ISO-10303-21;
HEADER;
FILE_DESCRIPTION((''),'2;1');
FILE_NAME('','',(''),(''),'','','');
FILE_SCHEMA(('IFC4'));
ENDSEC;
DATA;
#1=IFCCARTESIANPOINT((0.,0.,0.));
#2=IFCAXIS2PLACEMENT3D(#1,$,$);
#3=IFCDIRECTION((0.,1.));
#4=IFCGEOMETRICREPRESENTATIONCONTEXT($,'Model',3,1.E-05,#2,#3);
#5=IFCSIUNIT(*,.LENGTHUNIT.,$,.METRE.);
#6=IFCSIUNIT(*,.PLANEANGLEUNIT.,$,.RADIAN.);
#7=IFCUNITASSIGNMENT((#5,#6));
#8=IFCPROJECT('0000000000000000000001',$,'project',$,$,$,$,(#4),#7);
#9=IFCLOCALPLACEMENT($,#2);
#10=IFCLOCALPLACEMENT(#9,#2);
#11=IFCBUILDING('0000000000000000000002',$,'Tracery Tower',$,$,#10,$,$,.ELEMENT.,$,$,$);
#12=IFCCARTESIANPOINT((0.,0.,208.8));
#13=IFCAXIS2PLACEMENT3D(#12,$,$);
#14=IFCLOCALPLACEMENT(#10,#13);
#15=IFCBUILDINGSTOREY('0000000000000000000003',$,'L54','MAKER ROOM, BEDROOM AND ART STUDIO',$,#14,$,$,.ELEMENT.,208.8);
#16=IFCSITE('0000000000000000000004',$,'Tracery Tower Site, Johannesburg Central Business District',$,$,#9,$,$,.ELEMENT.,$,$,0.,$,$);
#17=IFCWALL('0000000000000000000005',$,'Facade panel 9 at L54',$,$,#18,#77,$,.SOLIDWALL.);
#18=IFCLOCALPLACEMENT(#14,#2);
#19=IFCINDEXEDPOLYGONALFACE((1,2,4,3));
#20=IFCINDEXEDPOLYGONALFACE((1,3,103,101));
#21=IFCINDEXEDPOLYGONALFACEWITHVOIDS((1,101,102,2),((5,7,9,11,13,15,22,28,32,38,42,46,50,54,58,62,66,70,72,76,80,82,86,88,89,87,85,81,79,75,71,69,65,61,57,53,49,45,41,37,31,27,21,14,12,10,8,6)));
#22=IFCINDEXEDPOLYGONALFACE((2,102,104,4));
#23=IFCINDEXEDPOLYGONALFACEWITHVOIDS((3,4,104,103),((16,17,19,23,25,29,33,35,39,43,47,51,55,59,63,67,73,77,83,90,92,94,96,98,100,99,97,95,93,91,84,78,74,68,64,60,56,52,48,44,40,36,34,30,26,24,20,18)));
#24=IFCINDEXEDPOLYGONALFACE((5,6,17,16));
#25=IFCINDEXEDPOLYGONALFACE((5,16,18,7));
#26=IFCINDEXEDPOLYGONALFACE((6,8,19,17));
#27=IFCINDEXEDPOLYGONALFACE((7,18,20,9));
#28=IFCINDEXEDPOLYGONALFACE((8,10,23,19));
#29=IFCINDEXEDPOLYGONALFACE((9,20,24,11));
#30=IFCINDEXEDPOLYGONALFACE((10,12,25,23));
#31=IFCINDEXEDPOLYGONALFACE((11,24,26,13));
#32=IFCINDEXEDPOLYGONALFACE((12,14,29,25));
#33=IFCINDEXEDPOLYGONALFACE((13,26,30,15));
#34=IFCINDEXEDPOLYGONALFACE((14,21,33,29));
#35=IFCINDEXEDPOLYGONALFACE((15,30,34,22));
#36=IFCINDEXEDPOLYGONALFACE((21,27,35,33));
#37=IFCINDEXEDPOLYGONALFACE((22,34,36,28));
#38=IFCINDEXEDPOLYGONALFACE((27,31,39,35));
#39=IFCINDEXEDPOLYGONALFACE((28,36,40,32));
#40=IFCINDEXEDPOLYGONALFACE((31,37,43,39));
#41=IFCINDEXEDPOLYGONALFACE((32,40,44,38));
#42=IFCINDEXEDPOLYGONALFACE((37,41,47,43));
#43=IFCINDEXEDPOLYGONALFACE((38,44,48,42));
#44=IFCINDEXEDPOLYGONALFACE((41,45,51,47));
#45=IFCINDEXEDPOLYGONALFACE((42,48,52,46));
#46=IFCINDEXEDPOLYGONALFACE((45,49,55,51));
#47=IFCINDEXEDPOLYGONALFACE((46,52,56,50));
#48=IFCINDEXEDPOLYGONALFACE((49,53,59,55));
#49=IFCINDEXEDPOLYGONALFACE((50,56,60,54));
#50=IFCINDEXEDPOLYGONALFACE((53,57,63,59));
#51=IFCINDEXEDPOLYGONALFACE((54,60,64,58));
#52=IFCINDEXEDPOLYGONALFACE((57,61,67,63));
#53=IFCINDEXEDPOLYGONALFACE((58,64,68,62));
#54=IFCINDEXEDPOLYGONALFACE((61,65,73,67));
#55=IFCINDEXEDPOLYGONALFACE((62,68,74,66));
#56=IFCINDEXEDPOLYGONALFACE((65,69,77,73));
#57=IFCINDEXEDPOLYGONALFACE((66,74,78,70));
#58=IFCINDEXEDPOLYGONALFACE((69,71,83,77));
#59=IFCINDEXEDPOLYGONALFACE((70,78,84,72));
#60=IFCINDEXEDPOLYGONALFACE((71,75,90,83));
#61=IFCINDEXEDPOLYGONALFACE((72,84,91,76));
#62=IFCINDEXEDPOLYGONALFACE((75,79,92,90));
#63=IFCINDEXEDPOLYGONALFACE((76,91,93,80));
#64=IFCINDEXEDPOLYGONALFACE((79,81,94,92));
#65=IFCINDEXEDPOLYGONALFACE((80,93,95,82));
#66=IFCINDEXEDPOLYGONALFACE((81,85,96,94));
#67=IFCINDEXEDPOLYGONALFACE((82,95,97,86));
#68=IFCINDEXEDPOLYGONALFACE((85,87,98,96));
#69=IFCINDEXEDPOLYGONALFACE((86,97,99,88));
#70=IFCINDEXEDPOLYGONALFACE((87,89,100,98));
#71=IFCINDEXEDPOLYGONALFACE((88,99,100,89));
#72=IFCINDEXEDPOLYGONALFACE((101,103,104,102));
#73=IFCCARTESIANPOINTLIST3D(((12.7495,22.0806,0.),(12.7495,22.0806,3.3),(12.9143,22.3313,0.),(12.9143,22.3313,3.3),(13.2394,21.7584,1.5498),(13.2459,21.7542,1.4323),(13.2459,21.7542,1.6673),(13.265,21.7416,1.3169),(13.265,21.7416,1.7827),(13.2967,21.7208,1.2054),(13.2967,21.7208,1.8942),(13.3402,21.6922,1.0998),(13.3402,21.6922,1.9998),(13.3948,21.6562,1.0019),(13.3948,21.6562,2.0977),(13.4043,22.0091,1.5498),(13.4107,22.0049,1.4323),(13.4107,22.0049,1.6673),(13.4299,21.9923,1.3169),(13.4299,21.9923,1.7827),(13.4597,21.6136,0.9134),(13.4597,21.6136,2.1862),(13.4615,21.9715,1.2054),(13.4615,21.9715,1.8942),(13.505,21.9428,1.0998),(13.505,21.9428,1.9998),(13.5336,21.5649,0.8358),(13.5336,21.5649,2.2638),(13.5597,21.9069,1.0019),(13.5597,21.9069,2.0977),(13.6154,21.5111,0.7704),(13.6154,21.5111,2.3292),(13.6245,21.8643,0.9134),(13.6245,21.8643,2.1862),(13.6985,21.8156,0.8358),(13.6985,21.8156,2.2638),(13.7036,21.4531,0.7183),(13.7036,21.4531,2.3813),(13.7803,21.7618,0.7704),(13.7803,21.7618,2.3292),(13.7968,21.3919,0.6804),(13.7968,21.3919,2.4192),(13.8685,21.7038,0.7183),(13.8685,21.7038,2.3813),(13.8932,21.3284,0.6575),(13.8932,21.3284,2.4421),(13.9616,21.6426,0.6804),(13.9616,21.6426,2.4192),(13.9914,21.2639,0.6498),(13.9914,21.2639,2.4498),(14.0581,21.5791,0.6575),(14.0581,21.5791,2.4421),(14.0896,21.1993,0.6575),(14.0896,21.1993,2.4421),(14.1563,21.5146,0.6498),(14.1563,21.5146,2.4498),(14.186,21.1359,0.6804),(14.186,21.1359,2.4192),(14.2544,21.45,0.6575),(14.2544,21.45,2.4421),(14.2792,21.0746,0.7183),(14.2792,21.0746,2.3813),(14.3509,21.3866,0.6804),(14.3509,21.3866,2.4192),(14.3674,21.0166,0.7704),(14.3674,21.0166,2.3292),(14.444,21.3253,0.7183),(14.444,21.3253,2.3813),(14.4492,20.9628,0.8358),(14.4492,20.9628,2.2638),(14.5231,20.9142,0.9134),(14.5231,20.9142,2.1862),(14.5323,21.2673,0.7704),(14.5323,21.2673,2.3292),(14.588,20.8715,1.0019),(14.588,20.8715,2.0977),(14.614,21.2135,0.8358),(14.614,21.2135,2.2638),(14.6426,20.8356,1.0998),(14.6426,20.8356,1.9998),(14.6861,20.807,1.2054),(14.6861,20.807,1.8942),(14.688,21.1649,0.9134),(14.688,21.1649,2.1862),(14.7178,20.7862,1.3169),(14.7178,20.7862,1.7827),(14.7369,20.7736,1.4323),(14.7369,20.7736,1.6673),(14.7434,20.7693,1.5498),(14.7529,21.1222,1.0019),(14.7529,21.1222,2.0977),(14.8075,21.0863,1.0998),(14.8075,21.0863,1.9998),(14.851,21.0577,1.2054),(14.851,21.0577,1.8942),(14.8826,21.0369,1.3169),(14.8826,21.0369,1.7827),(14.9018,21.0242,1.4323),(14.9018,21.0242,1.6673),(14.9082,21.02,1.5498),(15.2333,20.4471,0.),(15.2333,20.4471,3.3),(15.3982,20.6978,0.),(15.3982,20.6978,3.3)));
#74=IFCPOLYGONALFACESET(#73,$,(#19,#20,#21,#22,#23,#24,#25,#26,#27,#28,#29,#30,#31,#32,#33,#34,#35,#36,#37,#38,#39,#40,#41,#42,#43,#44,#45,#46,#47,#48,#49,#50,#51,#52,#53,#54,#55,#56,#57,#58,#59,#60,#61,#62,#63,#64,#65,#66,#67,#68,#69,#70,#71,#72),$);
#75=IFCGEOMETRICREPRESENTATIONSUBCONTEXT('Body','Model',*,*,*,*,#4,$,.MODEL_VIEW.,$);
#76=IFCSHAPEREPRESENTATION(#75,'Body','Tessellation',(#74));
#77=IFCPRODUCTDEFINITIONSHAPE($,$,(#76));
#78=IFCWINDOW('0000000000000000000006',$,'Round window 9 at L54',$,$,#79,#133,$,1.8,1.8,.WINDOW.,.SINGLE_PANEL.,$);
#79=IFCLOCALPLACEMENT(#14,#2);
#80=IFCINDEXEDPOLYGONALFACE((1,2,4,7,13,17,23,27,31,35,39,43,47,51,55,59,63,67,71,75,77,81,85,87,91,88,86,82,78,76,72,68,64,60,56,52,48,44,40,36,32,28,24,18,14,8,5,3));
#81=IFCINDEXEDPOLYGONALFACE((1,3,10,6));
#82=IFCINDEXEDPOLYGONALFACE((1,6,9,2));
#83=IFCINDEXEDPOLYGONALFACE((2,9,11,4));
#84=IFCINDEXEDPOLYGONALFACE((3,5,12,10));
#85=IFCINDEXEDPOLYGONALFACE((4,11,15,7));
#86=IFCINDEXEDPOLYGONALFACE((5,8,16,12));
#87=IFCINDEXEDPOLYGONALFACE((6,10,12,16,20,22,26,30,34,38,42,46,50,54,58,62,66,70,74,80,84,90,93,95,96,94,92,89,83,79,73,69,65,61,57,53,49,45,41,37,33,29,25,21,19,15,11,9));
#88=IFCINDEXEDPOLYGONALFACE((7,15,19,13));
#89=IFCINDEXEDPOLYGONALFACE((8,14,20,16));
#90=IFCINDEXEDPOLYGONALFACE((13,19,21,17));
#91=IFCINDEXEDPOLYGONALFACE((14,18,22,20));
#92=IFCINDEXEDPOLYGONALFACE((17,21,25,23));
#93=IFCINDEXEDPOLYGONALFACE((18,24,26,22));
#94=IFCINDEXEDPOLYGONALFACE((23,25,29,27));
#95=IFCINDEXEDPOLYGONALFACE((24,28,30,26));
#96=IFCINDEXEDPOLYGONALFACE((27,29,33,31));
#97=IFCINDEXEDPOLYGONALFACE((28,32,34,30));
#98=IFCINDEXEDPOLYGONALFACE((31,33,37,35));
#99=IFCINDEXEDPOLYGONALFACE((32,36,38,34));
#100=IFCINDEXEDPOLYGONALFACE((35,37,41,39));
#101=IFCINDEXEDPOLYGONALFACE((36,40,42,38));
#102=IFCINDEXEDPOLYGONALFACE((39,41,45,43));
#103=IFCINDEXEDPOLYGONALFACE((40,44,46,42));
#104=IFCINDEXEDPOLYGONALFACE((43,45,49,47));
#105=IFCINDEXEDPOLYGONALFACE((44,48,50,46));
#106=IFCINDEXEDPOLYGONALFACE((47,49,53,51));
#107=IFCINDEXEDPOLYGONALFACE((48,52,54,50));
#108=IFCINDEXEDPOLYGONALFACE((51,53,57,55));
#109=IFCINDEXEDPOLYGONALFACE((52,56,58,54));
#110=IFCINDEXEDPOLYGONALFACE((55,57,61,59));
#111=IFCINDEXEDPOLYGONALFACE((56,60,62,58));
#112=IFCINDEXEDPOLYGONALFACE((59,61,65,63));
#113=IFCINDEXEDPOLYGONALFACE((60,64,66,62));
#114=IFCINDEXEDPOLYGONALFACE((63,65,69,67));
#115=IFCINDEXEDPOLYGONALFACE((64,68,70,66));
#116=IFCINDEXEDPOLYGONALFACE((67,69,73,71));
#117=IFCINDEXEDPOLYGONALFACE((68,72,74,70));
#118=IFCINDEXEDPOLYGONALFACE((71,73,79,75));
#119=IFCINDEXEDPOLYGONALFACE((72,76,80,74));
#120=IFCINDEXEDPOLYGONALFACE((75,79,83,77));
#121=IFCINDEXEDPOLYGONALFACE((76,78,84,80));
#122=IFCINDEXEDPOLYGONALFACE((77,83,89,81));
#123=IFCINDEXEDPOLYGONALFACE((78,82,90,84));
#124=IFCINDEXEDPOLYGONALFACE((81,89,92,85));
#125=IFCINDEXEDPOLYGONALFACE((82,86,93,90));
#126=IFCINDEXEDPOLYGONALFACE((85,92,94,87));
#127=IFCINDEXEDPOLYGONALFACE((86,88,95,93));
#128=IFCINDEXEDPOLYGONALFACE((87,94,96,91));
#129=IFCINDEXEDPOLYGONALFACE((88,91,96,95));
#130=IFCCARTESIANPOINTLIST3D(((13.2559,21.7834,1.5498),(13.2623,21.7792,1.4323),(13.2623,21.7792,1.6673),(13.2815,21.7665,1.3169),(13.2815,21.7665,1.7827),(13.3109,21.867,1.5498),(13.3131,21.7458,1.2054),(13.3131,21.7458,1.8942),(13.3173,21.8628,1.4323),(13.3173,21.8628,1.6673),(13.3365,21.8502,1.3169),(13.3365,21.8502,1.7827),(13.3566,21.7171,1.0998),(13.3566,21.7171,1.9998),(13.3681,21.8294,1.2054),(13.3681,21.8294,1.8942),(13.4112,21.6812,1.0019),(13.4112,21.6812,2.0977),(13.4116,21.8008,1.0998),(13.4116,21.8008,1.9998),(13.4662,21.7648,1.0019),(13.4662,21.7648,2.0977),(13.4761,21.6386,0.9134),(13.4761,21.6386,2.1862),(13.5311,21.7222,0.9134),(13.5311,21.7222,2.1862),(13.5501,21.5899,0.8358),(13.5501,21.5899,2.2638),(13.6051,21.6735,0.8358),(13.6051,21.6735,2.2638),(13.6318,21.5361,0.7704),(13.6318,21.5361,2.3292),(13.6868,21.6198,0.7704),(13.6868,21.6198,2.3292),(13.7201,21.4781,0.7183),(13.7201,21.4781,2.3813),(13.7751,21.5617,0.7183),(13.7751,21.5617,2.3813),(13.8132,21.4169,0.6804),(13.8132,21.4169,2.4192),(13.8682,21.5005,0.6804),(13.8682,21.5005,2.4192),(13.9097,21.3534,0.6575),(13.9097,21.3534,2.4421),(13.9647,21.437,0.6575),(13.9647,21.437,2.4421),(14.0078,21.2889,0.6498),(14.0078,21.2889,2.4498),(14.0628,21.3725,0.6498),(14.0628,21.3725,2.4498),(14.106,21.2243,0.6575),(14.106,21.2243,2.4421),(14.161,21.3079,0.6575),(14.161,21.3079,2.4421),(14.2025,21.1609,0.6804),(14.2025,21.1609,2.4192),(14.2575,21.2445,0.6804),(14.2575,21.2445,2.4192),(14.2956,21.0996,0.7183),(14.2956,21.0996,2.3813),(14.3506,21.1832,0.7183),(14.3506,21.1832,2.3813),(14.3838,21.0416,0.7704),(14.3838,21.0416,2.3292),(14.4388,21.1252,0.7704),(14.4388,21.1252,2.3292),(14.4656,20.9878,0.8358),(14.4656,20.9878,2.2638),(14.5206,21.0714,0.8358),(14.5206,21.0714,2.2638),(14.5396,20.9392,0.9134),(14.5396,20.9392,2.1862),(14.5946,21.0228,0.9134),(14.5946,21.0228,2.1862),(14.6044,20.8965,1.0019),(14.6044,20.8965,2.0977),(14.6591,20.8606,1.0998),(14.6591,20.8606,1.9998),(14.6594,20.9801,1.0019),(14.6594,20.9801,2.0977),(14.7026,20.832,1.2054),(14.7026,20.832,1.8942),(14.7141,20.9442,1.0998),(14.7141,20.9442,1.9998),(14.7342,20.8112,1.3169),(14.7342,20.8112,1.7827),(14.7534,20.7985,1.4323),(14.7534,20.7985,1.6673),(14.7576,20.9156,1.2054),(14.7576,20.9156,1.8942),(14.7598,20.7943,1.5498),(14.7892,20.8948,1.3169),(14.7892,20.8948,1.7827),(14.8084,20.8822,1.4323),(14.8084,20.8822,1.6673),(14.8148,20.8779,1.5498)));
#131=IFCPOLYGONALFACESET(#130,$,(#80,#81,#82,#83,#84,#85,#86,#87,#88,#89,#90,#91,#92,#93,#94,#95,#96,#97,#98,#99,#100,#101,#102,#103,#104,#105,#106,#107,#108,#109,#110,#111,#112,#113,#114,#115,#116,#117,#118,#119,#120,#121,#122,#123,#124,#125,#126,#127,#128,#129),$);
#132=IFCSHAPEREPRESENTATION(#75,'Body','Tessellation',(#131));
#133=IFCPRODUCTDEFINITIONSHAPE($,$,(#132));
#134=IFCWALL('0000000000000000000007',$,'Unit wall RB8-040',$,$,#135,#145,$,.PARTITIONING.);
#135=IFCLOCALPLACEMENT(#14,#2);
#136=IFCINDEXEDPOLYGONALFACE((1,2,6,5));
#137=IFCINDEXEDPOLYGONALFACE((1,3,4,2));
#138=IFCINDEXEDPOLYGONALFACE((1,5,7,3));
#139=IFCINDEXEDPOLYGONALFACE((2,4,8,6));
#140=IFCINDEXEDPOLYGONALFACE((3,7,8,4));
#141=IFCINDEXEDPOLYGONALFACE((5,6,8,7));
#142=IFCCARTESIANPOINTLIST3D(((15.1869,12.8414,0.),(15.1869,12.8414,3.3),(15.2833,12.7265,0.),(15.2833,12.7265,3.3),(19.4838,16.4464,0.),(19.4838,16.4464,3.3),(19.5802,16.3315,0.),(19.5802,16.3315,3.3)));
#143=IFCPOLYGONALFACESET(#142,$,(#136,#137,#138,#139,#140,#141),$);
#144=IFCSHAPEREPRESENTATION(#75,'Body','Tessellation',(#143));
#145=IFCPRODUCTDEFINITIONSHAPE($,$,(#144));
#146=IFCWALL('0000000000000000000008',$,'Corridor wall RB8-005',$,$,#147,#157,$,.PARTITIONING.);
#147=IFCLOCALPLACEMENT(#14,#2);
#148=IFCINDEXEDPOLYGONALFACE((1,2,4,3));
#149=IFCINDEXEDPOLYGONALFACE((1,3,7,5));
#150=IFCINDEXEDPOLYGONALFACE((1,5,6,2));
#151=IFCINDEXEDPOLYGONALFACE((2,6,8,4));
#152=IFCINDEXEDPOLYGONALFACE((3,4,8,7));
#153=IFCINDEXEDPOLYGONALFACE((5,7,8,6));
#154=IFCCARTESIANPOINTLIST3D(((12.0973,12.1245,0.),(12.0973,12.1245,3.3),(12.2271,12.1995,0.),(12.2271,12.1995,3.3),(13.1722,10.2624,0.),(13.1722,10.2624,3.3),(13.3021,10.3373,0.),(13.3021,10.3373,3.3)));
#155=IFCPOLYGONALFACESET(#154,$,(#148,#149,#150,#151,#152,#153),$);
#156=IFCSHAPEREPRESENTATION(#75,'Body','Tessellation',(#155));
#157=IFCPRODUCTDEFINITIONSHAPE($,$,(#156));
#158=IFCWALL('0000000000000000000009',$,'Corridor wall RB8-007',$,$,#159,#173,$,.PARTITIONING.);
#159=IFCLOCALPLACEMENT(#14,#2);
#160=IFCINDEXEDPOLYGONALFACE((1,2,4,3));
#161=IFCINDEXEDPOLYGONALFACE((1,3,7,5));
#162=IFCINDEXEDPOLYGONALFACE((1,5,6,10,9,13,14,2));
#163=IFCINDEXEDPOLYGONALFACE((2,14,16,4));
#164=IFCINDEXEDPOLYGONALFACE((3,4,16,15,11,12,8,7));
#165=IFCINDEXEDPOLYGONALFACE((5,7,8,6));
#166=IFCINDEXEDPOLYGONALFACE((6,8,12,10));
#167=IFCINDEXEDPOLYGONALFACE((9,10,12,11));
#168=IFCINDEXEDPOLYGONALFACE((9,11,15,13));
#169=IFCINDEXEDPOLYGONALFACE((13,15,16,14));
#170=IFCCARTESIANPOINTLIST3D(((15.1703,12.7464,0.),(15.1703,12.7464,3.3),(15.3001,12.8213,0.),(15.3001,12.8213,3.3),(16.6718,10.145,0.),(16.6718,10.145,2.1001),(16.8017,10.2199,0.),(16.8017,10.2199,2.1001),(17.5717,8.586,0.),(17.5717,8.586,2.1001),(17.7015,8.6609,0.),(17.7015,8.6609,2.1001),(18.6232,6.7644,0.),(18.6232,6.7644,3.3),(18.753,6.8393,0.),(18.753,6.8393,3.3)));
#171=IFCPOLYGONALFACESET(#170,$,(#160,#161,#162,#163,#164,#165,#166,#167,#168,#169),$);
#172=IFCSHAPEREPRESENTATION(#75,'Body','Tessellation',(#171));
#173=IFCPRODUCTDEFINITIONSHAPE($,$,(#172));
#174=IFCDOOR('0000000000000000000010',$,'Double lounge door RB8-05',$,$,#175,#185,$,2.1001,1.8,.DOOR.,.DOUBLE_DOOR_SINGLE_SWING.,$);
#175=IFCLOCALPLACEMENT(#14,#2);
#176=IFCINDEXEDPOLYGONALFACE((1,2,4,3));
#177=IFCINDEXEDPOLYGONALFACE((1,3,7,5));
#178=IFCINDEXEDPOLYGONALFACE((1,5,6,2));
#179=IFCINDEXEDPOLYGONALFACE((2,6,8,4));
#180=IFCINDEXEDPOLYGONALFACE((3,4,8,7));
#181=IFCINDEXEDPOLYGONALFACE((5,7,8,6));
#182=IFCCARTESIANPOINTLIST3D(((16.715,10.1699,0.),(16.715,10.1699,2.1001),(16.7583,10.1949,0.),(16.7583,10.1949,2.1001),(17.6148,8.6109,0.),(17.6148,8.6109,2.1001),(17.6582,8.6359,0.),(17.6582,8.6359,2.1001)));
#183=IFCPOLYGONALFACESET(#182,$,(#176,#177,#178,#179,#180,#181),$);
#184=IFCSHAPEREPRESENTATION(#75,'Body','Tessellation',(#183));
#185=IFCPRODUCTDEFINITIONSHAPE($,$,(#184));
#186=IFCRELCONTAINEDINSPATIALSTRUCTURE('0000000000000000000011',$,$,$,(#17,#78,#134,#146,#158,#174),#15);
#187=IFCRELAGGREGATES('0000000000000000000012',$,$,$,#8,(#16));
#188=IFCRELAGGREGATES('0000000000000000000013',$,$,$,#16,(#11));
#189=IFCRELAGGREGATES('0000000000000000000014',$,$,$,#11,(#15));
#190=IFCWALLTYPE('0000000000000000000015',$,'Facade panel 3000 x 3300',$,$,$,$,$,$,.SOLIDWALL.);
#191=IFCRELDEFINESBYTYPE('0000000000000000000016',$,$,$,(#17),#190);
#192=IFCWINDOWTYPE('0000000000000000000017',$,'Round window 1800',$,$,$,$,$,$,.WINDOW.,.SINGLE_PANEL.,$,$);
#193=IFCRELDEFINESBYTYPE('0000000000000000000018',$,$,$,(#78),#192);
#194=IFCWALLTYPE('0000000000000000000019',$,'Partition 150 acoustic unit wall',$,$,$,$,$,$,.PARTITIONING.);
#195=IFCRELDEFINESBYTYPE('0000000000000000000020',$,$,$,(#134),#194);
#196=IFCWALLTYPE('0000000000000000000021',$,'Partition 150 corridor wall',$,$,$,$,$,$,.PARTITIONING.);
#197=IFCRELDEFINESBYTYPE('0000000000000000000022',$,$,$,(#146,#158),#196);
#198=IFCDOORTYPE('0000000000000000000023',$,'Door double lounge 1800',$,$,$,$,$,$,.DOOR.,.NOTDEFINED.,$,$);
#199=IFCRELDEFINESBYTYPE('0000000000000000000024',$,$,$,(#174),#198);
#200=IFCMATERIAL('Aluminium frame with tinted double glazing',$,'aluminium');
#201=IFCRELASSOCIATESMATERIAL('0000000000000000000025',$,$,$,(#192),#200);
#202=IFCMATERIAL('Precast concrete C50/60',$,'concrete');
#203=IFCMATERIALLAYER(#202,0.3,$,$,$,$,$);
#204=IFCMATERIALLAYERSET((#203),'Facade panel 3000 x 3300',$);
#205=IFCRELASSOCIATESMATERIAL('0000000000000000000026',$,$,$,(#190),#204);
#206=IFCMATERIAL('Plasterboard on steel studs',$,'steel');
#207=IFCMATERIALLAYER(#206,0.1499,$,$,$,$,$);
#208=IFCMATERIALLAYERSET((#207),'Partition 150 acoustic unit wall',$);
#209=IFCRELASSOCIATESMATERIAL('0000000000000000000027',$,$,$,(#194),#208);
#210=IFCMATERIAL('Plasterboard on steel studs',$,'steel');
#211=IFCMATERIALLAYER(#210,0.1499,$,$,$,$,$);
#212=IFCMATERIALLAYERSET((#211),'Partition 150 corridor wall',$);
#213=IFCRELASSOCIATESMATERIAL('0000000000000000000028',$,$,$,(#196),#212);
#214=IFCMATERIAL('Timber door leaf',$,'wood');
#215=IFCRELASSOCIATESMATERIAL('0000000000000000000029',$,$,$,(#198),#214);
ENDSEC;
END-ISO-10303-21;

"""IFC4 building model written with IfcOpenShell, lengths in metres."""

from ifc_helpers import new_model, si_unit, direction, frame, frame_2d, origin, origin_2d, place, context, subcontext, project, spatial, rectangle, circle, extrude, material, layer, layer_set, type_object, element, fill, save


model = new_model("IFC4")

# Units and contexts
model_context = context("Model", 3, precision=1e-05, world=origin(), true_north=direction((0.0, 1.0)))
body_context = subcontext(model_context, "Body", "Model", "MODEL_VIEW")
ifc_project = project(units=[si_unit("LENGTHUNIT", "METRE"), si_unit("PLANEANGLEUNIT", "RADIAN")], contexts=[model_context])

# Site, building, storey
site_placement = place(None, origin())
site = spatial("IfcSite", under=ifc_project, at=site_placement, Name="Tracery Tower Site, Johannesburg Central Business District", CompositionType="ELEMENT", RefElevation=0.0)
building_placement = place(site_placement, origin())
building = spatial("IfcBuilding", under=site, at=building_placement, Name="Tracery Tower", CompositionType="ELEMENT")
storey_placement = place(building_placement, frame((0.0, 0.0, 208.8)))
storey = spatial("IfcBuildingStorey", under=building, at=storey_placement, Name="L54", Description="MAKER ROOM, BEDROOM AND ART STUDIO", CompositionType="ELEMENT", Elevation=208.8)

# Wall, opening, window
ifc_material_1 = material(Name="Aluminium frame with tinted double glazing", Category="aluminium")
window_type = type_object("IfcWindowType", Name="Round window 1800", PartitioningType="SINGLE_PANEL", PredefinedType="WINDOW", material=ifc_material_1)
ifc_material_2 = material(Name="Precast concrete C50/60", Category="concrete")
ifc_layer_1 = layer(ifc_material_2, 0.3)
ifc_layer_set_1 = layer_set([ifc_layer_1], Name="Facade panel 3000 x 3300")
wall_type_1 = type_object("IfcWallType", Name="Facade panel 3000 x 3300", PredefinedType="SOLIDWALL", material=ifc_layer_set_1)
wall_1_placement = place(storey_placement, frame((15.3157, 20.5725, 0.0), z_axis=(0.0, 0.0, 1.0), x_axis=(-0.835508, 0.549478, 0.0)))
wall_1 = element("IfcWall", 1, at=wall_1_placement, inside=storey, type_object=wall_type_1, Name="Facade panel 9 at L54", PredefinedType="SOLIDWALL", context=body_context, shape_type="SweptSolid", body=[
    extrude(rectangle(XDim=2.9729, YDim=0.3, at=frame_2d((1.4863, 0.0))), origin(), (0.0, 0.0, 1.0), 3.3),
])
opening_1_placement = place(wall_1_placement, frame((1.4863, 0.0, 1.5498)))
opening_1 = element("IfcOpeningElement", 2, at=opening_1_placement, cuts=wall_1, PredefinedType="OPENING", context=body_context, shape_type="SweptSolid", body=[
    extrude(circle(Radius=0.9, at=origin_2d()), frame((0.0, 0.1599, 0.0), z_axis=(0.0, -1.0, 0.0), x_axis=(1.0, 0.0, 0.0)), (0.0, 0.0, 1.0), 0.3201),
])
window_1_placement = place(opening_1_placement, origin())
window_1 = element("IfcWindow", 3, at=window_1_placement, inside=storey, type_object=window_type, Name="Round window 9 at L54", OverallHeight=1.8, OverallWidth=1.8, PartitioningType="SINGLE_PANEL", PredefinedType="WINDOW", context=body_context, shape_type="SweptSolid", body=[
    extrude(circle(Radius=0.9, at=origin_2d()), frame((0.0, 0.1201, 0.0), z_axis=(0.0, -1.0, 0.0), x_axis=(1.0, 0.0, 0.0)), (0.0, 0.0, 1.0), 0.1001),
])
fill(opening_1, window_1)

# Walls
ifc_material_3 = material(Name="Plasterboard on steel studs", Category="steel")
ifc_layer_2 = layer(ifc_material_3, 0.1499)
ifc_layer_set_2 = layer_set([ifc_layer_2], Name="Partition 150 acoustic unit wall")
wall_type_2 = type_object("IfcWallType", Name="Partition 150 acoustic unit wall", PredefinedType="PARTITIONING", material=ifc_layer_set_2)
wall_2_placement = place(storey_placement, frame((15.2351, 12.7839, 0.0), z_axis=(0.0, 0.0, 1.0), x_axis=(0.766091, 0.642733, 0.0)))
element("IfcWall", 4, at=wall_2_placement, inside=storey, type_object=wall_type_2, Name="Unit wall RB8-040", PredefinedType="PARTITIONING", context=body_context, shape_type="SweptSolid", body=[
    extrude(rectangle(XDim=5.6089, YDim=0.1499, at=frame_2d((2.8044, 0.0))), origin(), (0.0, 0.0, 1.0), 3.3),
])
ifc_material_4 = material(Name="Plasterboard on steel studs", Category="steel")
ifc_layer_3 = layer(ifc_material_4, 0.1499)
ifc_layer_set_3 = layer_set([ifc_layer_3], Name="Partition 150 corridor wall")
wall_type_3 = type_object("IfcWallType", Name="Partition 150 corridor wall", PredefinedType="PARTITIONING", material=ifc_layer_set_3)
wall_3_placement = place(storey_placement, frame((12.1621, 12.1621, 0.0), z_axis=(0.0, 0.0, 1.0), x_axis=(0.499962, -0.866048, 0.0)))
element("IfcWall", 5, at=wall_3_placement, inside=storey, type_object=wall_type_3, Name="Corridor wall RB8-005", PredefinedType="PARTITIONING", context=body_context, shape_type="SweptSolid", body=[
    extrude(rectangle(XDim=2.1501, YDim=0.1499, at=frame_2d((1.0752, 0.0))), origin(), (0.0, 0.0, 1.0), 3.3),
])

# Wall, opening, door
wall_4_placement = place(storey_placement, frame((15.2351, 12.7839, 0.0), z_axis=(0.0, 0.0, 1.0), x_axis=(0.499914, -0.866075, 0.0)))
wall_4 = element("IfcWall", 6, at=wall_4_placement, inside=storey, type_object=wall_type_3, Name="Corridor wall RB8-007", PredefinedType="PARTITIONING", context=body_context, shape_type="SweptSolid", body=[
    extrude(rectangle(XDim=6.907, YDim=0.1499, at=frame_2d((3.4536, 0.0))), origin(), (0.0, 0.0, 1.0), 3.3),
])
opening_2_placement = place(wall_4_placement, frame((3.0039, 0.0, 0.0)))
opening_2 = element("IfcOpeningElement", 7, at=opening_2_placement, cuts=wall_4, PredefinedType="OPENING", context=body_context, shape_type="SweptSolid", body=[
    extrude(rectangle(XDim=1.8, YDim=2.1001, at=frame_2d((0.8999, 1.05))), frame((0.0, 0.075, 0.0), z_axis=(0.0, -1.0, 0.0), x_axis=(1.0, 0.0, 0.0)), (0.0, 0.0, 1.0), 0.1499),
])
ifc_material_5 = material(Name="Timber door leaf", Category="wood")
door_type = type_object("IfcDoorType", Name="Door double lounge 1800", OperationType="NOTDEFINED", PredefinedType="DOOR", material=ifc_material_5)
door_placement = place(opening_2_placement, origin())
door = element("IfcDoor", 8, at=door_placement, inside=storey, type_object=door_type, Name="Double lounge door RB8-05", OperationType="DOUBLE_DOOR_SINGLE_SWING", OverallHeight=2.1001, OverallWidth=1.8, PredefinedType="DOOR", context=body_context, shape_type="SweptSolid", body=[
    extrude(rectangle(XDim=1.8, YDim=2.1001, at=frame_2d((0.8999, 1.05))), frame((0.0, 0.0249, 0.0), z_axis=(0.0, -1.0, 0.0), x_axis=(1.0, 0.0, 0.0)), (0.0, 0.0, 1.0), 0.05),
])
fill(opening_2, door)

save(model, "model.ifc")
